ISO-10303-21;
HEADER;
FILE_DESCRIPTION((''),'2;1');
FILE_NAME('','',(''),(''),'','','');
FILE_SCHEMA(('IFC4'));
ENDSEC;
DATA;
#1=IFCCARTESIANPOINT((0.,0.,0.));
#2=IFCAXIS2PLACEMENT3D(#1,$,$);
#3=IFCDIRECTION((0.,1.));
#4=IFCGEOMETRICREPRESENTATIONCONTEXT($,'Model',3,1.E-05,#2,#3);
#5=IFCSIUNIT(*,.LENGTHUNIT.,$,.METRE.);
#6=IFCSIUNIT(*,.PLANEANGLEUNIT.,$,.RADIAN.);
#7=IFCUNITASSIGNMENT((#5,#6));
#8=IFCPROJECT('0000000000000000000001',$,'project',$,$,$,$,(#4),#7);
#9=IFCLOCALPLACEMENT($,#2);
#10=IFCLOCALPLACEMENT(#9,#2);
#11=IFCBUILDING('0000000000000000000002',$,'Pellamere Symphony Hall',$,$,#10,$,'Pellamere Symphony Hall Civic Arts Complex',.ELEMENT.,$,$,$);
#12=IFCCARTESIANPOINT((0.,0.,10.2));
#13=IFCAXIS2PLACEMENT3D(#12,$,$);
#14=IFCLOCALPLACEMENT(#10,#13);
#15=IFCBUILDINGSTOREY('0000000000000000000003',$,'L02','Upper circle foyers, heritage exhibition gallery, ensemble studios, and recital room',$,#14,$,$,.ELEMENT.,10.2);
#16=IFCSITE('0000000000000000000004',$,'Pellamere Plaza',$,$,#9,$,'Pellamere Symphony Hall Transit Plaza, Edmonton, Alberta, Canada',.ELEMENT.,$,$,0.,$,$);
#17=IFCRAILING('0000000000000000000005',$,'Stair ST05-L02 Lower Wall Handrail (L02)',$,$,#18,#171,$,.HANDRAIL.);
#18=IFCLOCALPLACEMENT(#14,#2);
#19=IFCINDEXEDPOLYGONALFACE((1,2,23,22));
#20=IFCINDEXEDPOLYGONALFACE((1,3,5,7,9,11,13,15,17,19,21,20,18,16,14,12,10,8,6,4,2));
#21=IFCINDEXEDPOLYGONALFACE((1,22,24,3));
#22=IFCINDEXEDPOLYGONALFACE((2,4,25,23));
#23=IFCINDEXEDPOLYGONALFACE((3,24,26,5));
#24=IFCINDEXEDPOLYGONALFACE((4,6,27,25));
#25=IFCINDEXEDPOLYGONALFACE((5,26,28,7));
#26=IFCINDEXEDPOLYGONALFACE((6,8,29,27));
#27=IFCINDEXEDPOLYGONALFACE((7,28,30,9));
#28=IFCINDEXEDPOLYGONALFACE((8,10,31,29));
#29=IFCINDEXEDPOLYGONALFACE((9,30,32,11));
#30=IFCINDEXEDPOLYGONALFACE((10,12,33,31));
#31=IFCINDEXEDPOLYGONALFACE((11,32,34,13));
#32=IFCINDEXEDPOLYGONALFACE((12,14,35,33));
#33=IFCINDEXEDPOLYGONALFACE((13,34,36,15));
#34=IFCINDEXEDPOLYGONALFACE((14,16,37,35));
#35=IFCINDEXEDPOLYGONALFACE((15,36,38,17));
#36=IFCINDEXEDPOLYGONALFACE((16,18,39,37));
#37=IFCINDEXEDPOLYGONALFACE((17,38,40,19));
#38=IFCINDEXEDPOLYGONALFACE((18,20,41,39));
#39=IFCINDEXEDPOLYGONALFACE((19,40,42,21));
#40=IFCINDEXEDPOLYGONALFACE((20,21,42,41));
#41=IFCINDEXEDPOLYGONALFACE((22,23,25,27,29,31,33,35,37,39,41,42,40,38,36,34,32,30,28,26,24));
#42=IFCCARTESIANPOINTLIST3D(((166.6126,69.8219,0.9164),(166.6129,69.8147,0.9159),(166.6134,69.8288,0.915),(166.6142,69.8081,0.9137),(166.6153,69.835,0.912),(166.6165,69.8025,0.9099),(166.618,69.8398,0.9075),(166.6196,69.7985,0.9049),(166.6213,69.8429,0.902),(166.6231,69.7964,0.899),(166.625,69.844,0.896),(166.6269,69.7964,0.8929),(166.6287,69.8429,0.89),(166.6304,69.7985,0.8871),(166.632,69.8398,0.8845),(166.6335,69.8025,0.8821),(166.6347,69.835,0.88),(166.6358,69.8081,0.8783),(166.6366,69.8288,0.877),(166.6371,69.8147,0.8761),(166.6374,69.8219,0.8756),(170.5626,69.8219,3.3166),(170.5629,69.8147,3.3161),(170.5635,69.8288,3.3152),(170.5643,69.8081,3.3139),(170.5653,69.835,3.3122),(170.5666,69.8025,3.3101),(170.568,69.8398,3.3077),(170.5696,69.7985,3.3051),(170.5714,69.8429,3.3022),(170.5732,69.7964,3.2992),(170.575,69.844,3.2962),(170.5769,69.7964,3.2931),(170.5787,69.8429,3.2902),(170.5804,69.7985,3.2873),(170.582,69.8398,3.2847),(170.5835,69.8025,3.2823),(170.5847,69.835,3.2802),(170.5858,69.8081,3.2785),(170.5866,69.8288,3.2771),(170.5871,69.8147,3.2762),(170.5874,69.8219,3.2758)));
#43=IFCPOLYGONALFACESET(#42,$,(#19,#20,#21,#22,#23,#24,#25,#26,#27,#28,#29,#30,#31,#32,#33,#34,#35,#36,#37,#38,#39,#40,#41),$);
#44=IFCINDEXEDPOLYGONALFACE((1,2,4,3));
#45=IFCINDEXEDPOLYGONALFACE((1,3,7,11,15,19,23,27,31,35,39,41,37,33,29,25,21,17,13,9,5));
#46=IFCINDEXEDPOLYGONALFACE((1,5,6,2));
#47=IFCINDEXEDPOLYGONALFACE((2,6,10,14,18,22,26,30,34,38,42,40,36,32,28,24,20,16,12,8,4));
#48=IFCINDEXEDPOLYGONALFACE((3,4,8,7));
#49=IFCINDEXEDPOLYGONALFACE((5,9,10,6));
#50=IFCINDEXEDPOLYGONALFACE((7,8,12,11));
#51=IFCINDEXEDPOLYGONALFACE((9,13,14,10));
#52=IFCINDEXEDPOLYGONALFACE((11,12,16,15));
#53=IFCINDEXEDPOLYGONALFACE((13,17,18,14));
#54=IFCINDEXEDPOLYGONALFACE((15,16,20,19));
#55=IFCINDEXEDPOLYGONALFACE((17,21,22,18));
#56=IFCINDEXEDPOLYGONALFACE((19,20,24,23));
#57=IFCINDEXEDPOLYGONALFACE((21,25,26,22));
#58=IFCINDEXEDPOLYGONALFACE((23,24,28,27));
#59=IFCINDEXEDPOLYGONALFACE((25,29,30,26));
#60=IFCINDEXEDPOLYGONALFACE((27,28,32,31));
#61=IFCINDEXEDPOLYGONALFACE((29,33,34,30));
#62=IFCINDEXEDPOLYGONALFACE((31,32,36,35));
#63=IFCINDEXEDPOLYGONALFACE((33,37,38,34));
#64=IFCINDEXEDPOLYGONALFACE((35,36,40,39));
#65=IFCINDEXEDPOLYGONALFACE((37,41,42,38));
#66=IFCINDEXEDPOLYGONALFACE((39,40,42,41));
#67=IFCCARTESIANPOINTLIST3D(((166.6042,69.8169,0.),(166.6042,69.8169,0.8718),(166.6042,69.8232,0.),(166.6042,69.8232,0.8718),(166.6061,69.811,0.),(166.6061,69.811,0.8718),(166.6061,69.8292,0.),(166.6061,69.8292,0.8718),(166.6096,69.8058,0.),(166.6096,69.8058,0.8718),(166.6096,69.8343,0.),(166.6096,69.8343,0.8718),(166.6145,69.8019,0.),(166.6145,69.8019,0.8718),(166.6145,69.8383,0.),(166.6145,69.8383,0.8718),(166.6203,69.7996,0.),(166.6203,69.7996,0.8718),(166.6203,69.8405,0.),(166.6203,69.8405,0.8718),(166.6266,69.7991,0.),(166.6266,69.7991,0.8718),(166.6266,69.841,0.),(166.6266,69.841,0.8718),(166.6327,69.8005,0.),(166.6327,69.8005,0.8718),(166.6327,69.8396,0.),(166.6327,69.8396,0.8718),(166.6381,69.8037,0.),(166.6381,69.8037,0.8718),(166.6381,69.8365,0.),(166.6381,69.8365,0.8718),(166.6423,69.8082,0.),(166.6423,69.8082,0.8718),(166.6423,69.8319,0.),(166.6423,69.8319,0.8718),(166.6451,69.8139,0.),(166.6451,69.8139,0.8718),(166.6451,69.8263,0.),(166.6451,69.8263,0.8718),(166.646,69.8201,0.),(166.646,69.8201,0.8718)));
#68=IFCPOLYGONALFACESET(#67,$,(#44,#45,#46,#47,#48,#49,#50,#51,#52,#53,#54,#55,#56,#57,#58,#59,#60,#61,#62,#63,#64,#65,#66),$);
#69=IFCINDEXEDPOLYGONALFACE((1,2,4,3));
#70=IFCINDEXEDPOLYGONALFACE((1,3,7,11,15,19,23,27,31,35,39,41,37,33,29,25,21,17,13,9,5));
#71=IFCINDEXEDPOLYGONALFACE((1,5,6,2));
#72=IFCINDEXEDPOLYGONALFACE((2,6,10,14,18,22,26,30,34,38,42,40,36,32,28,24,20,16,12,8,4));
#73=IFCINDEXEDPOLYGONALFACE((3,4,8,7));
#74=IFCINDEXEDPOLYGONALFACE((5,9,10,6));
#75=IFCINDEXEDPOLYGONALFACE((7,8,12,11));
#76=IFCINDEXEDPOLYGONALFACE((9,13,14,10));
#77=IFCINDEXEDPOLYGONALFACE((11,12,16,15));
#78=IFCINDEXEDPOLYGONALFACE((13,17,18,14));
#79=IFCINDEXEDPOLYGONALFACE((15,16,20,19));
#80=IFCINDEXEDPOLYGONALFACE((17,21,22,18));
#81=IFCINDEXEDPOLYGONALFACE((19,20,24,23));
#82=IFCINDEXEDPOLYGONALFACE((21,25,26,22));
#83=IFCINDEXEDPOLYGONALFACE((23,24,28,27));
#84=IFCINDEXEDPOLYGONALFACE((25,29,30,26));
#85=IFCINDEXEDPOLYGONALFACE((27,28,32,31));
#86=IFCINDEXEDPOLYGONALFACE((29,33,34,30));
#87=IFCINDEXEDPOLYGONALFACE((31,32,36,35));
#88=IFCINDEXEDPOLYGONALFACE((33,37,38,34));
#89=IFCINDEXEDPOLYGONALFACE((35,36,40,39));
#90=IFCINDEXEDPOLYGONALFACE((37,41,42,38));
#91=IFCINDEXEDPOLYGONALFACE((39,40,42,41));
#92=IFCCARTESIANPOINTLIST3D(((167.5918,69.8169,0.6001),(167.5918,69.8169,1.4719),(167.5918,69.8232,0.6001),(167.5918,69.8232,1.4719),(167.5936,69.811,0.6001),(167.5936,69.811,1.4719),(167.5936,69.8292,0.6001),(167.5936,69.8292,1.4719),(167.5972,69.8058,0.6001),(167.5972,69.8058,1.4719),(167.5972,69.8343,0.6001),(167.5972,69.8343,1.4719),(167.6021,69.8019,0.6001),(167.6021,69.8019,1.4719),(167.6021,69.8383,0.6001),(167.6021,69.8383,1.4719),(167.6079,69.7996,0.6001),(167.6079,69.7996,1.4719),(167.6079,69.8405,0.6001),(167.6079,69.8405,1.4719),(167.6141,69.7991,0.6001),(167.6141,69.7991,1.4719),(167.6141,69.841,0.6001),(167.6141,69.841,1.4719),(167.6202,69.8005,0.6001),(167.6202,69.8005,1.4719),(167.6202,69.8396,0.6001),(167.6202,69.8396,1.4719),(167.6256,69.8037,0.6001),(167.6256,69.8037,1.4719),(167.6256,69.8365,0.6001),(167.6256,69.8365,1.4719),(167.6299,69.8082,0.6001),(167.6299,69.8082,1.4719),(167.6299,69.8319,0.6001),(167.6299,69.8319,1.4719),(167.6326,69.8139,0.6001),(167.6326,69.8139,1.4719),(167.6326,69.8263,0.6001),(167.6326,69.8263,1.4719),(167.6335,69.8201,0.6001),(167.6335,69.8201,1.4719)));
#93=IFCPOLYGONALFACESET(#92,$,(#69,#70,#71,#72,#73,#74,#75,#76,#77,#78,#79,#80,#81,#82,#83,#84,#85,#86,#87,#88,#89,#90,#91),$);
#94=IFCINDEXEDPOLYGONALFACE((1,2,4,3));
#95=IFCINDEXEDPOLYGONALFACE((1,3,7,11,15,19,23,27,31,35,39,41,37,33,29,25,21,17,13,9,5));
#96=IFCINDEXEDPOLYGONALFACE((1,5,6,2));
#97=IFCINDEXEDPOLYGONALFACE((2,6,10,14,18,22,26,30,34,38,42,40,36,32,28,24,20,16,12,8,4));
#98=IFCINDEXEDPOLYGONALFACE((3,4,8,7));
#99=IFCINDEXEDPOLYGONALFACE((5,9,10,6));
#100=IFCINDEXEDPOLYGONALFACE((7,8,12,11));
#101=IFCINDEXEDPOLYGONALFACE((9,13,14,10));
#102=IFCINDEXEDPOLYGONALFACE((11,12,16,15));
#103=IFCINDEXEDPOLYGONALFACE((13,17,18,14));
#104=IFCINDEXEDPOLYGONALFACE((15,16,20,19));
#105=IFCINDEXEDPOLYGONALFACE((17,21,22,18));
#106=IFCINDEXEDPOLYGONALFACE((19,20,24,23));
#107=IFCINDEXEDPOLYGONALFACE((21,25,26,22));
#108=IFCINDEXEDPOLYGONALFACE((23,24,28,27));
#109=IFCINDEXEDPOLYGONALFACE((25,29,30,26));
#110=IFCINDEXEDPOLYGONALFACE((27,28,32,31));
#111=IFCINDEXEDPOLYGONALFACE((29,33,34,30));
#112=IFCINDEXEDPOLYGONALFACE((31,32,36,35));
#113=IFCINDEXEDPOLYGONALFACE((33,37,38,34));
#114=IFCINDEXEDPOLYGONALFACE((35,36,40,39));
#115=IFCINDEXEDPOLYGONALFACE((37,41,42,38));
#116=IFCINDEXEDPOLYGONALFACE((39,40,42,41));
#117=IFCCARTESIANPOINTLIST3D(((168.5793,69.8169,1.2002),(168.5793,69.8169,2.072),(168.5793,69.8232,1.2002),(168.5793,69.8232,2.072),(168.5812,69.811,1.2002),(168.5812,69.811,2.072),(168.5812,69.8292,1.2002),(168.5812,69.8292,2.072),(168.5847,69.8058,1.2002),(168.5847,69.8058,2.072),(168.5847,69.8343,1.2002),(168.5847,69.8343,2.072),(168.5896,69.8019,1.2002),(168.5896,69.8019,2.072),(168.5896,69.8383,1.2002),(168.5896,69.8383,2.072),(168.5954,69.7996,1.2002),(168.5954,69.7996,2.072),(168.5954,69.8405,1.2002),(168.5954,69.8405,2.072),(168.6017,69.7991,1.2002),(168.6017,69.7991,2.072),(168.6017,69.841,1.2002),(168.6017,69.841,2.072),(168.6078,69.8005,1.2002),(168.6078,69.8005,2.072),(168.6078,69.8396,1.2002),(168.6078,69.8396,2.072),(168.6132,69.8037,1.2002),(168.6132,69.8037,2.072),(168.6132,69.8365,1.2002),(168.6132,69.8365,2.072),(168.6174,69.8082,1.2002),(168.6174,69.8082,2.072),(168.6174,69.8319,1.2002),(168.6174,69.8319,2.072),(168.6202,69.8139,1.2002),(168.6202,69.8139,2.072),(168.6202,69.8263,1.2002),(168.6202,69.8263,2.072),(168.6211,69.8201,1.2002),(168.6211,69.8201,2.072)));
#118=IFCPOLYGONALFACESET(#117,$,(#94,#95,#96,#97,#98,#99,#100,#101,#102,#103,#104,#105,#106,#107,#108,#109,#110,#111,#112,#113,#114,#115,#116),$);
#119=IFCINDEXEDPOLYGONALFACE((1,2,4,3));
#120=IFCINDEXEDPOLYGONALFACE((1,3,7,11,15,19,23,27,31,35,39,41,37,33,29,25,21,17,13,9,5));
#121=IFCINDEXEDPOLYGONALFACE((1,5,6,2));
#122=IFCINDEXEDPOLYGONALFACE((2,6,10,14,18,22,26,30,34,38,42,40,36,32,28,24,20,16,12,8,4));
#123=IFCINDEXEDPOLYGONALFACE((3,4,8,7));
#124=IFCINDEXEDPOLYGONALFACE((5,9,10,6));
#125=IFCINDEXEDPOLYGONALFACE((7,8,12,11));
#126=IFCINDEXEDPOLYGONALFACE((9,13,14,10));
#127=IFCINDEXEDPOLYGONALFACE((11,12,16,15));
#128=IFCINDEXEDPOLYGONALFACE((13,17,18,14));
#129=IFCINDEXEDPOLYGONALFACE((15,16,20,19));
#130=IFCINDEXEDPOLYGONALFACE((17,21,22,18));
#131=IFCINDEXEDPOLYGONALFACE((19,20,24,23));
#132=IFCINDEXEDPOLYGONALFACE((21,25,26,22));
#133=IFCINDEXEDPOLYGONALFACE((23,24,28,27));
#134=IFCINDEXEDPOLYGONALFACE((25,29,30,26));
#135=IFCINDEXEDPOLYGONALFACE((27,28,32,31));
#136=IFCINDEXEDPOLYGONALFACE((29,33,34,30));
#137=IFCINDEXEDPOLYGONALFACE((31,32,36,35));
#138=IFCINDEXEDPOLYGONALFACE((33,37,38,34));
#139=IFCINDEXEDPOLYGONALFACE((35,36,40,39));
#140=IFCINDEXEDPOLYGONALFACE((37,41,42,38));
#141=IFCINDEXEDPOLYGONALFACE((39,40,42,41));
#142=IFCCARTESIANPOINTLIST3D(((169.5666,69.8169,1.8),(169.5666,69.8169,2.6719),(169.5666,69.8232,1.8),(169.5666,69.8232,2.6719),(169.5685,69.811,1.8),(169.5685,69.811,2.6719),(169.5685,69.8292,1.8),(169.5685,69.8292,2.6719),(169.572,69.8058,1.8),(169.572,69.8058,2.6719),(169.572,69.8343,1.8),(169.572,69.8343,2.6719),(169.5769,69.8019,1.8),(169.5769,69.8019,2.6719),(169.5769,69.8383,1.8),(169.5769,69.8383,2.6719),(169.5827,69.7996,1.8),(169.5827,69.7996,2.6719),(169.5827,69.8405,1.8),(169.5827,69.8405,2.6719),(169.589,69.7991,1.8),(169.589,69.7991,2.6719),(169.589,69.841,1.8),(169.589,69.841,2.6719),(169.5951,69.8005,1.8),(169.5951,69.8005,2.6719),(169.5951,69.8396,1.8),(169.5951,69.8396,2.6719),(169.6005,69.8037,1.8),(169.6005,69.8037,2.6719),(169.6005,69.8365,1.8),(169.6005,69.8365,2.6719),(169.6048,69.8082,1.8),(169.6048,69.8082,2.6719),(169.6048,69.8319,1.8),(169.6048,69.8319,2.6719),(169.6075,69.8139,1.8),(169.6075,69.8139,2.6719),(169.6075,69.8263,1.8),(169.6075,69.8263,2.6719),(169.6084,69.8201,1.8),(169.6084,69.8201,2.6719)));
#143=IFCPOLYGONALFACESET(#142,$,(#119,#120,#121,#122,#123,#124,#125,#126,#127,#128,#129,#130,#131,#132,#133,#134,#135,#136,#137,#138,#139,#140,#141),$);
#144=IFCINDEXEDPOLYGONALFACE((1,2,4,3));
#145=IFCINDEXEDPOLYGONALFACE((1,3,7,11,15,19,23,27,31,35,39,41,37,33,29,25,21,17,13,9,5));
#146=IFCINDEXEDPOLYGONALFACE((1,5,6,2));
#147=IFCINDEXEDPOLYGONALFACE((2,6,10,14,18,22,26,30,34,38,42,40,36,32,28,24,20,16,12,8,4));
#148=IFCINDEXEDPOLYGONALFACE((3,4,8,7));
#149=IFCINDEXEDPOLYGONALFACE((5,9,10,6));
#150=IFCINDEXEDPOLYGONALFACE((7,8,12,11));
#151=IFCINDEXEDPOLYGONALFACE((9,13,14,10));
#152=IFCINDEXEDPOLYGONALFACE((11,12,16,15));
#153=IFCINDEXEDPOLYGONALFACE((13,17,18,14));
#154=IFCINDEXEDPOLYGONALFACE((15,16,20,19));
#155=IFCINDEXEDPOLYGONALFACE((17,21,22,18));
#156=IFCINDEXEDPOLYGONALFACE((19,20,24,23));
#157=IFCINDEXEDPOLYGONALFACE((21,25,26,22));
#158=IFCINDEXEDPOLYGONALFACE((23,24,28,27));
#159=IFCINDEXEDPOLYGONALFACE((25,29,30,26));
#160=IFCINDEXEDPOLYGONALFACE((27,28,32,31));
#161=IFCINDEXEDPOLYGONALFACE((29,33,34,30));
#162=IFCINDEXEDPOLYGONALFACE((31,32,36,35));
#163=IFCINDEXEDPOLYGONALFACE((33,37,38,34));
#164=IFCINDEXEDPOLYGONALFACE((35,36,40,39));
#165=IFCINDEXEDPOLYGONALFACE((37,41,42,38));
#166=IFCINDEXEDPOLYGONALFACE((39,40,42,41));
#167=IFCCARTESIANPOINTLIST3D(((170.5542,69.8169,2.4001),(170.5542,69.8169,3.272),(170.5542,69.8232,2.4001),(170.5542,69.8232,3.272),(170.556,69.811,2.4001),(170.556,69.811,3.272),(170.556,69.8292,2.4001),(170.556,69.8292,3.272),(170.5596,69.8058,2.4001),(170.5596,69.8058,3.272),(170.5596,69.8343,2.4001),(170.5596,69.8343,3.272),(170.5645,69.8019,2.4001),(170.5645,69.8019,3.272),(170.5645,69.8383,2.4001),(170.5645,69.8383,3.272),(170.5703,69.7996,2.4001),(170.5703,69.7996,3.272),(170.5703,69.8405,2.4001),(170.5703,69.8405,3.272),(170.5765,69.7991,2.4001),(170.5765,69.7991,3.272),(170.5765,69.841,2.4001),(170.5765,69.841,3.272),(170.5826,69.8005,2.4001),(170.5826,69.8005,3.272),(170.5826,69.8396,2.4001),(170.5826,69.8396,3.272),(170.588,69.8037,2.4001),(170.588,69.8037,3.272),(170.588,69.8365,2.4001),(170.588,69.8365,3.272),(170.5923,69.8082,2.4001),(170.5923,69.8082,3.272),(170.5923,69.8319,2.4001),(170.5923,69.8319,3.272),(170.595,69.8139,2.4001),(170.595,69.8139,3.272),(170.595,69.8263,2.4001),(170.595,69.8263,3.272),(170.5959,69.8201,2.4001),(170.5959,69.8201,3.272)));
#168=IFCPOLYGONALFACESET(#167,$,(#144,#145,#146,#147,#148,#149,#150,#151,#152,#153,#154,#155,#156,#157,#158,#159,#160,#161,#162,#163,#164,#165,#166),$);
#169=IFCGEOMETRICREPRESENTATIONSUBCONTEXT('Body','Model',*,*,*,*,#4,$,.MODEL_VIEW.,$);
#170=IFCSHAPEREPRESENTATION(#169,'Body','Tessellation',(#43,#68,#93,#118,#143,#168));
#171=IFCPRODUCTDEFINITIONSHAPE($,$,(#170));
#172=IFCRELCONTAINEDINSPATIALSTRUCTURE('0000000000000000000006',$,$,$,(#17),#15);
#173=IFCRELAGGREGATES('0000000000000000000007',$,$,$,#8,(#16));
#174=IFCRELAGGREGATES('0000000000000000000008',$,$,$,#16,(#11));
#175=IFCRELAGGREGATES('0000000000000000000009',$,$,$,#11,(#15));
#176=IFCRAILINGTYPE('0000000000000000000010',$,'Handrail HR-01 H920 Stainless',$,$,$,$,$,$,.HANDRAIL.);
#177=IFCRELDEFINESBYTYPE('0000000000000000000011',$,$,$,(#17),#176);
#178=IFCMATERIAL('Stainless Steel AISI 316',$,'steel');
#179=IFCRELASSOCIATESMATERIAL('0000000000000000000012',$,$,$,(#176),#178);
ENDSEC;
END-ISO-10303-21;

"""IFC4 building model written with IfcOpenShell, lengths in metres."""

from ifc_helpers import new_model, si_unit, direction, frame, origin, origin_2d, place, context, subcontext, project, spatial, circle, extrude, material, type_object, element, save


model = new_model("IFC4")

# Units and contexts
model_context = context("Model", 3, precision=1e-05, world=origin(), true_north=direction((0.0, 1.0)))
body_context = subcontext(model_context, "Body", "Model", "MODEL_VIEW")
ifc_project = project(units=[si_unit("LENGTHUNIT", "METRE"), si_unit("PLANEANGLEUNIT", "RADIAN")], contexts=[model_context])

# Site, building, storey
site_placement = place(None, origin())
site = spatial("IfcSite", under=ifc_project, at=site_placement, Name="Pellamere Plaza", LongName="Pellamere Symphony Hall Transit Plaza, Edmonton, Alberta, Canada", CompositionType="ELEMENT", RefElevation=0.0)
building_placement = place(site_placement, origin())
building = spatial("IfcBuilding", under=site, at=building_placement, Name="Pellamere Symphony Hall", LongName="Pellamere Symphony Hall Civic Arts Complex", CompositionType="ELEMENT")
storey_placement = place(building_placement, frame((0.0, 0.0, 10.2)))
storey = spatial("IfcBuildingStorey", under=building, at=storey_placement, Name="L02", Description="Upper circle foyers, heritage exhibition gallery, ensemble studios, and recital room", CompositionType="ELEMENT", Elevation=10.2)

# Railing
ifc_material_1 = material(Name="Stainless Steel AISI 316", Category="steel")
railing_type_1 = type_object("IfcRailingType", Name="Handrail HR-01 H920 Stainless", PredefinedType="HANDRAIL", material=ifc_material_1)
railing_1_placement = place(storey_placement, frame((166.625, 69.8201, 0.0)))
element("IfcRailing", 1, at=railing_1_placement, inside=storey, type_object=railing_type_1, Name="Stair ST05-L02 Lower Wall Handrail (L02)", PredefinedType="HANDRAIL", context=body_context, shape_type="SweptSolid", body=[
    extrude(circle(Radius=0.0239, at=origin_2d()), frame((0.0, 0.0, 0.896), z_axis=(0.854599, 0.0, 0.519288), x_axis=(0.0, 1.0, 0.0)), (0.0, 0.0, 1.0), 4.6221),
    extrude(circle(Radius=0.021, at=origin_2d()), origin(), (0.0, 0.0, 1.0), 0.8718),
    extrude(circle(Radius=0.021, at=origin_2d()), frame((0.9875, 0.0, 0.6001)), (0.0, 0.0, 1.0), 0.8718),
    extrude(circle(Radius=0.021, at=origin_2d()), frame((1.9751, 0.0, 1.2002)), (0.0, 0.0, 1.0), 0.8718),
    extrude(circle(Radius=0.021, at=origin_2d()), frame((2.9624, 0.0, 1.8)), (0.0, 0.0, 1.0), 0.8718),
    extrude(circle(Radius=0.021, at=origin_2d()), frame((3.95, 0.0, 2.4001)), (0.0, 0.0, 1.0), 0.8718),
])

save(model, "model.ifc")
